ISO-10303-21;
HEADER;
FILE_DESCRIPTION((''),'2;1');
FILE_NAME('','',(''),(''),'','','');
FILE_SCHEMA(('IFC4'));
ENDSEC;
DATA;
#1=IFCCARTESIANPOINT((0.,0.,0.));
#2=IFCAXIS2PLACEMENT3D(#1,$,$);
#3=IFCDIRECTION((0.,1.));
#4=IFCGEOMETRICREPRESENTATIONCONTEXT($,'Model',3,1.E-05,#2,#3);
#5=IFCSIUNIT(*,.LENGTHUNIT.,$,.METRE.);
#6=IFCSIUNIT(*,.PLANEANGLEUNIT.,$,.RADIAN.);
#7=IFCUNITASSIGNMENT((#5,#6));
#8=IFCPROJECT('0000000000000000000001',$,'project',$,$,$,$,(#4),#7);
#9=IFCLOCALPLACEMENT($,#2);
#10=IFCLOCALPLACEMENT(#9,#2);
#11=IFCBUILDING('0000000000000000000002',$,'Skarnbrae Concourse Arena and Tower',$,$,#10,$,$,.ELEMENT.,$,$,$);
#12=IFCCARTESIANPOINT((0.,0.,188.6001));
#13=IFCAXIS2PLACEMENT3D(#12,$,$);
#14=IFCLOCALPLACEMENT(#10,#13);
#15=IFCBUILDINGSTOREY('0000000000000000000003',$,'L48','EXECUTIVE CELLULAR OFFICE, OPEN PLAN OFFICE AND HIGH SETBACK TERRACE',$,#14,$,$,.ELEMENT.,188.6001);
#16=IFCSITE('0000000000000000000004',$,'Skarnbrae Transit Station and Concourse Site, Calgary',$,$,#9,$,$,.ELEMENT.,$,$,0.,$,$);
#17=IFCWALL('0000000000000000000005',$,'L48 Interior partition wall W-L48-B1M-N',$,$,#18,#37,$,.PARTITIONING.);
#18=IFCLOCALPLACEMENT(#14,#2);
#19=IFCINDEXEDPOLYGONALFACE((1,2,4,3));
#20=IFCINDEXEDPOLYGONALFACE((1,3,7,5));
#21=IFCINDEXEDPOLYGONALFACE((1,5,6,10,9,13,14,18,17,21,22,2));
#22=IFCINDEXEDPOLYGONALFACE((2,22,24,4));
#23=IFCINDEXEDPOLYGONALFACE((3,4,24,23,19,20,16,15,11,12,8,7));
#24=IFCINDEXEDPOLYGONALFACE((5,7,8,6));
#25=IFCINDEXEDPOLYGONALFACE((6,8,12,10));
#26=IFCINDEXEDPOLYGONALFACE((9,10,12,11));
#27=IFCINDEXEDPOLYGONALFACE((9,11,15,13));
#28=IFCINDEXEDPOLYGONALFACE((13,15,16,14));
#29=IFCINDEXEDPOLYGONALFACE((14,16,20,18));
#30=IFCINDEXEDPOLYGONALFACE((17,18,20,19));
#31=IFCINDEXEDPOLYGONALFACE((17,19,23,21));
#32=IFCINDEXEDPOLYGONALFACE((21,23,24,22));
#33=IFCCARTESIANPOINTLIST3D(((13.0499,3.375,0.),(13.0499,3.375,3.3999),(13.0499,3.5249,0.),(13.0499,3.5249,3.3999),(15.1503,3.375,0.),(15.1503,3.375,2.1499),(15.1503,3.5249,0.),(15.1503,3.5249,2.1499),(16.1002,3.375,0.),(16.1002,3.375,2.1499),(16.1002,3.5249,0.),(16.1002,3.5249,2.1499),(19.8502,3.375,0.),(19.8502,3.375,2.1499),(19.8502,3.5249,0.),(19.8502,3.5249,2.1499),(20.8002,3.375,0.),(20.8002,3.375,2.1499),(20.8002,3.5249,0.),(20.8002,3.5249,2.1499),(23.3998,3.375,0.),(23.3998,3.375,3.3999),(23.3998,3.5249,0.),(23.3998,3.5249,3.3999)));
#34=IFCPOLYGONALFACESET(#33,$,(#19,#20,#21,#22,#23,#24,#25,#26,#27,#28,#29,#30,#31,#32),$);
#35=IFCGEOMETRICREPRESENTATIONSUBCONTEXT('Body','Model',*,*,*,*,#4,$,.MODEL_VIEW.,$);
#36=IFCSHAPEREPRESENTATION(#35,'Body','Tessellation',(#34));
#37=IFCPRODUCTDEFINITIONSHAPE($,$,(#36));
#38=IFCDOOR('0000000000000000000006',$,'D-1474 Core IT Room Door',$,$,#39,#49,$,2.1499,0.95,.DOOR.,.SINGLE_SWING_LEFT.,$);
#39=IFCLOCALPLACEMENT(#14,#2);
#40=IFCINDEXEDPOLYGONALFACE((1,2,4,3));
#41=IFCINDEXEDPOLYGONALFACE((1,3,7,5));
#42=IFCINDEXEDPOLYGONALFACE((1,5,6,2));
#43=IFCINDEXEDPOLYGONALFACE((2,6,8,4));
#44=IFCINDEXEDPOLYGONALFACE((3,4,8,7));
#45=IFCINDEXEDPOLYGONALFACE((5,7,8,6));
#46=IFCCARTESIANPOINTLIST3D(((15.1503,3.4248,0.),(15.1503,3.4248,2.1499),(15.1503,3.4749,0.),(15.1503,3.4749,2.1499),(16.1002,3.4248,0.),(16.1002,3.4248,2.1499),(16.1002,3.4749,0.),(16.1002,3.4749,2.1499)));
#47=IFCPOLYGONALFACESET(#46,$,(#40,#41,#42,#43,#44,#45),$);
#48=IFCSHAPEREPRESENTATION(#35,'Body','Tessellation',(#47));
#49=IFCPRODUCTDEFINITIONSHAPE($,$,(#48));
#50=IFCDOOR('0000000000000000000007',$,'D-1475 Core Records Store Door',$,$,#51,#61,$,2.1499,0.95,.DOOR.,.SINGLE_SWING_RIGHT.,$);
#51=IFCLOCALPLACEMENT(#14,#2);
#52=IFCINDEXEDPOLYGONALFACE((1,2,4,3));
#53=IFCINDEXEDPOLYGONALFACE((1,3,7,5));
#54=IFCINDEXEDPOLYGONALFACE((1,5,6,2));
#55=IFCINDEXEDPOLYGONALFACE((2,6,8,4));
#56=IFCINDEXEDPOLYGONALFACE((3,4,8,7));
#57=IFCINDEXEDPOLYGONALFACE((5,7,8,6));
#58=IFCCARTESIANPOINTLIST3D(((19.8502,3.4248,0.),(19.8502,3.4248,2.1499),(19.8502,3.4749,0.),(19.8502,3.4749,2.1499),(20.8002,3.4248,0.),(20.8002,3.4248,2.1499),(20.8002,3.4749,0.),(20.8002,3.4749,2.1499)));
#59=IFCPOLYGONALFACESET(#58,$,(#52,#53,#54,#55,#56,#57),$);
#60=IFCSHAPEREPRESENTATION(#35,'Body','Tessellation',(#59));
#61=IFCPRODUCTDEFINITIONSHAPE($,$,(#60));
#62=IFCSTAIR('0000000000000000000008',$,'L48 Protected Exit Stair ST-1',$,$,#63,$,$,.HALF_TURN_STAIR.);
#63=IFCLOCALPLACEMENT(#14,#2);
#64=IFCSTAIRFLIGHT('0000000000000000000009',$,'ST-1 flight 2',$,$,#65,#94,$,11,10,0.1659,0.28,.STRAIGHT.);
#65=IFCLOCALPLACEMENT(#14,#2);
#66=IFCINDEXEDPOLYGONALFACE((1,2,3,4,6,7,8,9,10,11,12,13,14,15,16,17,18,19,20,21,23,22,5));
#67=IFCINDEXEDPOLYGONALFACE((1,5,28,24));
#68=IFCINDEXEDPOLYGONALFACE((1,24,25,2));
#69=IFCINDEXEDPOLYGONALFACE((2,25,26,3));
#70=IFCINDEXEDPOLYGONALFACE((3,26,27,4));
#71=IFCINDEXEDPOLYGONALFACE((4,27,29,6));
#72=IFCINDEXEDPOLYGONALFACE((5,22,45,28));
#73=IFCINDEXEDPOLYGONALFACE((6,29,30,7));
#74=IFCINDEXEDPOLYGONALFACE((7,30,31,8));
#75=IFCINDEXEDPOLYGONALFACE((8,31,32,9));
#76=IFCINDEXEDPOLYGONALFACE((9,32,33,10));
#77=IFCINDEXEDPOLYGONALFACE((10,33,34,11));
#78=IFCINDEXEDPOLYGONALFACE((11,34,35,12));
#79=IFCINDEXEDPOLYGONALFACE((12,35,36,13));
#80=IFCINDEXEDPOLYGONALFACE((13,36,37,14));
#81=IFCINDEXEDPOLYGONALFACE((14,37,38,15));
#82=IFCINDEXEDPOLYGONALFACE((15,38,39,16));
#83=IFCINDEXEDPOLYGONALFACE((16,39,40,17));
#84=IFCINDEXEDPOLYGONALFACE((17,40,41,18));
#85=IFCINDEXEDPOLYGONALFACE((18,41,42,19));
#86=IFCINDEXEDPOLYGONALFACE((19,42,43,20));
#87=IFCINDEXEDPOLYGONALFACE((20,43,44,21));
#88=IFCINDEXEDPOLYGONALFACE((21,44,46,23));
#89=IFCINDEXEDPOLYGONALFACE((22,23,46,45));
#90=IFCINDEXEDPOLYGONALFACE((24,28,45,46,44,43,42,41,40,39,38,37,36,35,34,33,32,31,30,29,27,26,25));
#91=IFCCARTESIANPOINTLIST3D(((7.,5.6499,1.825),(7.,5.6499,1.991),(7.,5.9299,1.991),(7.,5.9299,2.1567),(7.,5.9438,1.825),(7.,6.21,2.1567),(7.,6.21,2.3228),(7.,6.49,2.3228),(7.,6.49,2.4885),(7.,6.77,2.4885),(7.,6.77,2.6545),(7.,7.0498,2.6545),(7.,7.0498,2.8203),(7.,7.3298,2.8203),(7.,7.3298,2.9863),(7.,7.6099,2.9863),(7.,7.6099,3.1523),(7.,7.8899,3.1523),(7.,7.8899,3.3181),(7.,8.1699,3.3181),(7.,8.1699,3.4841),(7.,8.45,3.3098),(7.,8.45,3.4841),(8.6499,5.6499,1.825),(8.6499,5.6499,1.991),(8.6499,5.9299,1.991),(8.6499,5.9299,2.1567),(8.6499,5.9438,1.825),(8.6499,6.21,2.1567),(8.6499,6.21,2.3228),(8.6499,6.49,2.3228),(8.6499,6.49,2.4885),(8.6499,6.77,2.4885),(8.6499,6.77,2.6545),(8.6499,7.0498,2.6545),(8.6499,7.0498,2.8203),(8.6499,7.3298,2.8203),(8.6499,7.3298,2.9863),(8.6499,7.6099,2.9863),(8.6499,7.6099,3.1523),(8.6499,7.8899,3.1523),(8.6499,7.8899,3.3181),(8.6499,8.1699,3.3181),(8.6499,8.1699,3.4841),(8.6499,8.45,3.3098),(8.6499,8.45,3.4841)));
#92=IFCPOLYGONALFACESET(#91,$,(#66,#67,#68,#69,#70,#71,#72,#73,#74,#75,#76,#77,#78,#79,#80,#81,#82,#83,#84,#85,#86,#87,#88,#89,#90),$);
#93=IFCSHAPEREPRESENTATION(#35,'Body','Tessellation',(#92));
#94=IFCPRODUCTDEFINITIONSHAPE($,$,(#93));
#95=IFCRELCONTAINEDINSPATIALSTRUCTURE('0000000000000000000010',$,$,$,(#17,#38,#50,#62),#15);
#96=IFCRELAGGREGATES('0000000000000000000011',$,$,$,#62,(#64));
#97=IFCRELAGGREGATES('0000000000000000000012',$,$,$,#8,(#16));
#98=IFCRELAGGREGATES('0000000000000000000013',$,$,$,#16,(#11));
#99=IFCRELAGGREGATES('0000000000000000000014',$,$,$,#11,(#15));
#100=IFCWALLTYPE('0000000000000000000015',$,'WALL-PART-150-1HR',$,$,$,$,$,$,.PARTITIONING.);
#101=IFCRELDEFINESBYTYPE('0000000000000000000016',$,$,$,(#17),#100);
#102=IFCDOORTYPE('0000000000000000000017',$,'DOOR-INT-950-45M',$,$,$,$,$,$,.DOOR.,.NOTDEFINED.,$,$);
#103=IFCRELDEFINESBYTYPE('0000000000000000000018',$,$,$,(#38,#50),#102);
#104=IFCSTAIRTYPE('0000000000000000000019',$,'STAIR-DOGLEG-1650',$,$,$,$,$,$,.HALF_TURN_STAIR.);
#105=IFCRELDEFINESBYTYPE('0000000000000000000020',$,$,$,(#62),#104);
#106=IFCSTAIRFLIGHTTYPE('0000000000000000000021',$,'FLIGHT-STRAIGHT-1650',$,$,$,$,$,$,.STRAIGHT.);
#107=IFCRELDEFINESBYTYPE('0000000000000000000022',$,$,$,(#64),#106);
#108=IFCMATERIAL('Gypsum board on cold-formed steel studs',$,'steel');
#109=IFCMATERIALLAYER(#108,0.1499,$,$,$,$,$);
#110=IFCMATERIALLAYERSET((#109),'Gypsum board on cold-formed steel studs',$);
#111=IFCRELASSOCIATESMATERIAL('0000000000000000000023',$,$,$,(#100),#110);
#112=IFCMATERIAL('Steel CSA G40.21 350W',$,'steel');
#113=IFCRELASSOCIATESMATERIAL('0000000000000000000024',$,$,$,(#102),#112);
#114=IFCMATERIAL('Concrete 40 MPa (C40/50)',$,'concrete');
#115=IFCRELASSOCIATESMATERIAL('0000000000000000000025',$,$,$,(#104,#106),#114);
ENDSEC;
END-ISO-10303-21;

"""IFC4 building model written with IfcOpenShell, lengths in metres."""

from ifc_helpers import new_model, si_unit, direction, frame, frame_2d, origin, place, context, subcontext, project, spatial, polyline, rectangle, outline, extrude, source, transform, mapped, material, layer, layer_set, type_object, element, fill, aggregate, save


model = new_model("IFC4")

# Units and contexts
model_context = context("Model", 3, precision=1e-05, world=origin(), true_north=direction((0.0, 1.0)))
body_context = subcontext(model_context, "Body", "Model", "MODEL_VIEW")
ifc_project = project(units=[si_unit("LENGTHUNIT", "METRE"), si_unit("PLANEANGLEUNIT", "RADIAN")], contexts=[model_context])

# Site, building, storey
site_placement = place(None, origin())
site = spatial("IfcSite", under=ifc_project, at=site_placement, Name="Skarnbrae Transit Station and Concourse Site, Calgary", CompositionType="ELEMENT", RefElevation=0.0)
building_placement = place(site_placement, origin())
building = spatial("IfcBuilding", under=site, at=building_placement, Name="Skarnbrae Concourse Arena and Tower", CompositionType="ELEMENT")
storey_placement = place(building_placement, frame((0.0, 0.0, 188.6001)))
storey = spatial("IfcBuildingStorey", under=building, at=storey_placement, Name="L48", Description="EXECUTIVE CELLULAR OFFICE, OPEN PLAN OFFICE AND HIGH SETBACK TERRACE", CompositionType="ELEMENT", Elevation=188.6001)

# Shared definitions
ifc_material_1 = material(Name="Gypsum board on cold-formed steel studs", Category="steel")
ifc_material_2 = material(Name="Steel CSA G40.21 350W", Category="steel")

# Shared definitions
ifc_layer_1 = layer(ifc_material_1, 0.1499)
ifc_layer_set_1 = layer_set([ifc_layer_1], Name="Gypsum board on cold-formed steel studs")
wall_type_1 = type_object("IfcWallType", Name="WALL-PART-150-1HR", PredefinedType="PARTITIONING", material=ifc_layer_set_1)

# Wall, openings, doors
shared_shape_1 = source(origin(), body_context, "Body", "SweptSolid", [
    extrude(rectangle(XDim=10.3499, YDim=0.1499, at=frame_2d((5.1748, 0.0))), origin(), (0.0, 0.0, 1.0), 3.3999),
])
wall_1_placement = place(storey_placement, frame((13.05, 3.45, 0.0), z_axis=(0.0, 0.0, 1.0), x_axis=(1.0, 0.0, 0.0)))
wall_1 = element("IfcWall", 1, at=wall_1_placement, inside=storey, type_object=wall_type_1, Name="L48 Interior partition wall W-L48-B1M-N", PredefinedType="PARTITIONING", context=body_context, shape_type="MappedRepresentation", body=[
    mapped(shared_shape_1, transform((0.0, 0.0, 0.0))),
])
opening_1_placement = place(wall_1_placement, frame((2.1001, 0.0, 0.0)))
opening_1 = element("IfcOpeningElement", 2, at=opening_1_placement, cuts=wall_1, PredefinedType="OPENING", context=body_context, shape_type="SweptSolid", body=[
    extrude(rectangle(XDim=0.95, YDim=2.1499, at=frame_2d((0.4751, 1.075))), frame((0.0, 0.085, 0.0), z_axis=(0.0, -1.0, 0.0), x_axis=(1.0, 0.0, 0.0)), (0.0, 0.0, 1.0), 0.1699),
])
opening_2_placement = place(wall_1_placement, frame((6.8, 0.0, 0.0)))
opening_2 = element("IfcOpeningElement", 3, at=opening_2_placement, cuts=wall_1, PredefinedType="OPENING", context=body_context, shape_type="SweptSolid", body=[
    extrude(rectangle(XDim=0.95, YDim=2.1499, at=frame_2d((0.4751, 1.075))), frame((0.0, 0.085, 0.0), z_axis=(0.0, -1.0, 0.0), x_axis=(1.0, 0.0, 0.0)), (0.0, 0.0, 1.0), 0.1699),
])
door_type_1 = type_object("IfcDoorType", Name="DOOR-INT-950-45M", OperationType="NOTDEFINED", PredefinedType="DOOR", material=ifc_material_2)
shared_shape_2 = source(origin(), body_context, "Body", "SweptSolid", [
    extrude(rectangle(XDim=0.95, YDim=2.1499, at=frame_2d((0.4751, 1.075))), frame((0.0, 0.0249, 0.0), z_axis=(0.0, -1.0, 0.0), x_axis=(1.0, 0.0, 0.0)), (0.0, 0.0, 1.0), 0.05),
])
door_1_placement = place(opening_1_placement, origin())
door_1 = element("IfcDoor", 4, at=door_1_placement, inside=storey, type_object=door_type_1, Name="D-1474 Core IT Room Door", OperationType="SINGLE_SWING_LEFT", OverallHeight=2.1499, OverallWidth=0.95, PredefinedType="DOOR", context=body_context, shape_type="MappedRepresentation", body=[
    mapped(shared_shape_2, transform((0.0, 0.0, 0.0))),
])
fill(opening_1, door_1)
door_2_placement = place(opening_2_placement, origin())
door_2 = element("IfcDoor", 5, at=door_2_placement, inside=storey, type_object=door_type_1, Name="D-1475 Core Records Store Door", OperationType="SINGLE_SWING_RIGHT", OverallHeight=2.1499, OverallWidth=0.95, PredefinedType="DOOR", context=body_context, shape_type="MappedRepresentation", body=[
    mapped(shared_shape_2, transform((0.0, 0.0, 0.0))),
])
fill(opening_2, door_2)

# Stair, stair flight
ifc_material_3 = material(Name="Concrete 40 MPa (C40/50)", Category="concrete")
stair_type = type_object("IfcStairType", Name="STAIR-DOGLEG-1650", PredefinedType="HALF_TURN_STAIR", material=ifc_material_3)
stair_placement = place(storey_placement, origin())
stair = element("IfcStair", 6, at=stair_placement, inside=storey, type_object=stair_type, Name="L48 Protected Exit Stair ST-1", PredefinedType="HALF_TURN_STAIR")
stair_flight_type = type_object("IfcStairFlightType", Name="FLIGHT-STRAIGHT-1650", PredefinedType="STRAIGHT", material=ifc_material_3)
shared_shape_3 = source(origin(), body_context, "Body", "SweptSolid", [
    extrude(outline(polyline([(0.0, 0.0), (0.0, 0.166), (0.28, 0.166), (0.28, 0.3318), (0.5601, 0.3318), (0.5601, 0.4978), (0.8401, 0.4978), (0.8401, 0.6636), (1.1201, 0.6636), (1.1201, 0.8296), (1.3999, 0.8296), (1.3999, 0.9954), (1.6799, 0.9954), (1.6799, 1.1614), (1.96, 1.1614), (1.96, 1.3274), (2.24, 1.3274), (2.24, 1.4932), (2.52, 1.4932), (2.52, 1.6592), (2.8, 1.6592), (2.8, 1.825), (2.8, 1.4849), (0.2939, 0.0), (0.0, 0.0)])), frame((0.0, 0.825, 0.0), z_axis=(0.0, -1.0, 0.0), x_axis=(1.0, 0.0, 0.0)), (0.0, 0.0, 1.0), 1.6499),
])
stair_flight_placement = place(storey_placement, frame((7.825, 5.6499, 1.825), z_axis=(0.0, 0.0, 1.0), x_axis=(0.0, 1.0, 0.0)))
stair_flight = element("IfcStairFlight", 7, at=stair_flight_placement, type_object=stair_flight_type, Name="ST-1 flight 2", NumberOfRisers=11, NumberOfTreads=10, PredefinedType="STRAIGHT", RiserHeight=0.1659, TreadLength=0.28, context=body_context, shape_type="MappedRepresentation", body=[
    mapped(shared_shape_3, transform((0.0, 0.0, 0.0))),
])
aggregate(stair, [stair_flight])

save(model, "model.ifc")
